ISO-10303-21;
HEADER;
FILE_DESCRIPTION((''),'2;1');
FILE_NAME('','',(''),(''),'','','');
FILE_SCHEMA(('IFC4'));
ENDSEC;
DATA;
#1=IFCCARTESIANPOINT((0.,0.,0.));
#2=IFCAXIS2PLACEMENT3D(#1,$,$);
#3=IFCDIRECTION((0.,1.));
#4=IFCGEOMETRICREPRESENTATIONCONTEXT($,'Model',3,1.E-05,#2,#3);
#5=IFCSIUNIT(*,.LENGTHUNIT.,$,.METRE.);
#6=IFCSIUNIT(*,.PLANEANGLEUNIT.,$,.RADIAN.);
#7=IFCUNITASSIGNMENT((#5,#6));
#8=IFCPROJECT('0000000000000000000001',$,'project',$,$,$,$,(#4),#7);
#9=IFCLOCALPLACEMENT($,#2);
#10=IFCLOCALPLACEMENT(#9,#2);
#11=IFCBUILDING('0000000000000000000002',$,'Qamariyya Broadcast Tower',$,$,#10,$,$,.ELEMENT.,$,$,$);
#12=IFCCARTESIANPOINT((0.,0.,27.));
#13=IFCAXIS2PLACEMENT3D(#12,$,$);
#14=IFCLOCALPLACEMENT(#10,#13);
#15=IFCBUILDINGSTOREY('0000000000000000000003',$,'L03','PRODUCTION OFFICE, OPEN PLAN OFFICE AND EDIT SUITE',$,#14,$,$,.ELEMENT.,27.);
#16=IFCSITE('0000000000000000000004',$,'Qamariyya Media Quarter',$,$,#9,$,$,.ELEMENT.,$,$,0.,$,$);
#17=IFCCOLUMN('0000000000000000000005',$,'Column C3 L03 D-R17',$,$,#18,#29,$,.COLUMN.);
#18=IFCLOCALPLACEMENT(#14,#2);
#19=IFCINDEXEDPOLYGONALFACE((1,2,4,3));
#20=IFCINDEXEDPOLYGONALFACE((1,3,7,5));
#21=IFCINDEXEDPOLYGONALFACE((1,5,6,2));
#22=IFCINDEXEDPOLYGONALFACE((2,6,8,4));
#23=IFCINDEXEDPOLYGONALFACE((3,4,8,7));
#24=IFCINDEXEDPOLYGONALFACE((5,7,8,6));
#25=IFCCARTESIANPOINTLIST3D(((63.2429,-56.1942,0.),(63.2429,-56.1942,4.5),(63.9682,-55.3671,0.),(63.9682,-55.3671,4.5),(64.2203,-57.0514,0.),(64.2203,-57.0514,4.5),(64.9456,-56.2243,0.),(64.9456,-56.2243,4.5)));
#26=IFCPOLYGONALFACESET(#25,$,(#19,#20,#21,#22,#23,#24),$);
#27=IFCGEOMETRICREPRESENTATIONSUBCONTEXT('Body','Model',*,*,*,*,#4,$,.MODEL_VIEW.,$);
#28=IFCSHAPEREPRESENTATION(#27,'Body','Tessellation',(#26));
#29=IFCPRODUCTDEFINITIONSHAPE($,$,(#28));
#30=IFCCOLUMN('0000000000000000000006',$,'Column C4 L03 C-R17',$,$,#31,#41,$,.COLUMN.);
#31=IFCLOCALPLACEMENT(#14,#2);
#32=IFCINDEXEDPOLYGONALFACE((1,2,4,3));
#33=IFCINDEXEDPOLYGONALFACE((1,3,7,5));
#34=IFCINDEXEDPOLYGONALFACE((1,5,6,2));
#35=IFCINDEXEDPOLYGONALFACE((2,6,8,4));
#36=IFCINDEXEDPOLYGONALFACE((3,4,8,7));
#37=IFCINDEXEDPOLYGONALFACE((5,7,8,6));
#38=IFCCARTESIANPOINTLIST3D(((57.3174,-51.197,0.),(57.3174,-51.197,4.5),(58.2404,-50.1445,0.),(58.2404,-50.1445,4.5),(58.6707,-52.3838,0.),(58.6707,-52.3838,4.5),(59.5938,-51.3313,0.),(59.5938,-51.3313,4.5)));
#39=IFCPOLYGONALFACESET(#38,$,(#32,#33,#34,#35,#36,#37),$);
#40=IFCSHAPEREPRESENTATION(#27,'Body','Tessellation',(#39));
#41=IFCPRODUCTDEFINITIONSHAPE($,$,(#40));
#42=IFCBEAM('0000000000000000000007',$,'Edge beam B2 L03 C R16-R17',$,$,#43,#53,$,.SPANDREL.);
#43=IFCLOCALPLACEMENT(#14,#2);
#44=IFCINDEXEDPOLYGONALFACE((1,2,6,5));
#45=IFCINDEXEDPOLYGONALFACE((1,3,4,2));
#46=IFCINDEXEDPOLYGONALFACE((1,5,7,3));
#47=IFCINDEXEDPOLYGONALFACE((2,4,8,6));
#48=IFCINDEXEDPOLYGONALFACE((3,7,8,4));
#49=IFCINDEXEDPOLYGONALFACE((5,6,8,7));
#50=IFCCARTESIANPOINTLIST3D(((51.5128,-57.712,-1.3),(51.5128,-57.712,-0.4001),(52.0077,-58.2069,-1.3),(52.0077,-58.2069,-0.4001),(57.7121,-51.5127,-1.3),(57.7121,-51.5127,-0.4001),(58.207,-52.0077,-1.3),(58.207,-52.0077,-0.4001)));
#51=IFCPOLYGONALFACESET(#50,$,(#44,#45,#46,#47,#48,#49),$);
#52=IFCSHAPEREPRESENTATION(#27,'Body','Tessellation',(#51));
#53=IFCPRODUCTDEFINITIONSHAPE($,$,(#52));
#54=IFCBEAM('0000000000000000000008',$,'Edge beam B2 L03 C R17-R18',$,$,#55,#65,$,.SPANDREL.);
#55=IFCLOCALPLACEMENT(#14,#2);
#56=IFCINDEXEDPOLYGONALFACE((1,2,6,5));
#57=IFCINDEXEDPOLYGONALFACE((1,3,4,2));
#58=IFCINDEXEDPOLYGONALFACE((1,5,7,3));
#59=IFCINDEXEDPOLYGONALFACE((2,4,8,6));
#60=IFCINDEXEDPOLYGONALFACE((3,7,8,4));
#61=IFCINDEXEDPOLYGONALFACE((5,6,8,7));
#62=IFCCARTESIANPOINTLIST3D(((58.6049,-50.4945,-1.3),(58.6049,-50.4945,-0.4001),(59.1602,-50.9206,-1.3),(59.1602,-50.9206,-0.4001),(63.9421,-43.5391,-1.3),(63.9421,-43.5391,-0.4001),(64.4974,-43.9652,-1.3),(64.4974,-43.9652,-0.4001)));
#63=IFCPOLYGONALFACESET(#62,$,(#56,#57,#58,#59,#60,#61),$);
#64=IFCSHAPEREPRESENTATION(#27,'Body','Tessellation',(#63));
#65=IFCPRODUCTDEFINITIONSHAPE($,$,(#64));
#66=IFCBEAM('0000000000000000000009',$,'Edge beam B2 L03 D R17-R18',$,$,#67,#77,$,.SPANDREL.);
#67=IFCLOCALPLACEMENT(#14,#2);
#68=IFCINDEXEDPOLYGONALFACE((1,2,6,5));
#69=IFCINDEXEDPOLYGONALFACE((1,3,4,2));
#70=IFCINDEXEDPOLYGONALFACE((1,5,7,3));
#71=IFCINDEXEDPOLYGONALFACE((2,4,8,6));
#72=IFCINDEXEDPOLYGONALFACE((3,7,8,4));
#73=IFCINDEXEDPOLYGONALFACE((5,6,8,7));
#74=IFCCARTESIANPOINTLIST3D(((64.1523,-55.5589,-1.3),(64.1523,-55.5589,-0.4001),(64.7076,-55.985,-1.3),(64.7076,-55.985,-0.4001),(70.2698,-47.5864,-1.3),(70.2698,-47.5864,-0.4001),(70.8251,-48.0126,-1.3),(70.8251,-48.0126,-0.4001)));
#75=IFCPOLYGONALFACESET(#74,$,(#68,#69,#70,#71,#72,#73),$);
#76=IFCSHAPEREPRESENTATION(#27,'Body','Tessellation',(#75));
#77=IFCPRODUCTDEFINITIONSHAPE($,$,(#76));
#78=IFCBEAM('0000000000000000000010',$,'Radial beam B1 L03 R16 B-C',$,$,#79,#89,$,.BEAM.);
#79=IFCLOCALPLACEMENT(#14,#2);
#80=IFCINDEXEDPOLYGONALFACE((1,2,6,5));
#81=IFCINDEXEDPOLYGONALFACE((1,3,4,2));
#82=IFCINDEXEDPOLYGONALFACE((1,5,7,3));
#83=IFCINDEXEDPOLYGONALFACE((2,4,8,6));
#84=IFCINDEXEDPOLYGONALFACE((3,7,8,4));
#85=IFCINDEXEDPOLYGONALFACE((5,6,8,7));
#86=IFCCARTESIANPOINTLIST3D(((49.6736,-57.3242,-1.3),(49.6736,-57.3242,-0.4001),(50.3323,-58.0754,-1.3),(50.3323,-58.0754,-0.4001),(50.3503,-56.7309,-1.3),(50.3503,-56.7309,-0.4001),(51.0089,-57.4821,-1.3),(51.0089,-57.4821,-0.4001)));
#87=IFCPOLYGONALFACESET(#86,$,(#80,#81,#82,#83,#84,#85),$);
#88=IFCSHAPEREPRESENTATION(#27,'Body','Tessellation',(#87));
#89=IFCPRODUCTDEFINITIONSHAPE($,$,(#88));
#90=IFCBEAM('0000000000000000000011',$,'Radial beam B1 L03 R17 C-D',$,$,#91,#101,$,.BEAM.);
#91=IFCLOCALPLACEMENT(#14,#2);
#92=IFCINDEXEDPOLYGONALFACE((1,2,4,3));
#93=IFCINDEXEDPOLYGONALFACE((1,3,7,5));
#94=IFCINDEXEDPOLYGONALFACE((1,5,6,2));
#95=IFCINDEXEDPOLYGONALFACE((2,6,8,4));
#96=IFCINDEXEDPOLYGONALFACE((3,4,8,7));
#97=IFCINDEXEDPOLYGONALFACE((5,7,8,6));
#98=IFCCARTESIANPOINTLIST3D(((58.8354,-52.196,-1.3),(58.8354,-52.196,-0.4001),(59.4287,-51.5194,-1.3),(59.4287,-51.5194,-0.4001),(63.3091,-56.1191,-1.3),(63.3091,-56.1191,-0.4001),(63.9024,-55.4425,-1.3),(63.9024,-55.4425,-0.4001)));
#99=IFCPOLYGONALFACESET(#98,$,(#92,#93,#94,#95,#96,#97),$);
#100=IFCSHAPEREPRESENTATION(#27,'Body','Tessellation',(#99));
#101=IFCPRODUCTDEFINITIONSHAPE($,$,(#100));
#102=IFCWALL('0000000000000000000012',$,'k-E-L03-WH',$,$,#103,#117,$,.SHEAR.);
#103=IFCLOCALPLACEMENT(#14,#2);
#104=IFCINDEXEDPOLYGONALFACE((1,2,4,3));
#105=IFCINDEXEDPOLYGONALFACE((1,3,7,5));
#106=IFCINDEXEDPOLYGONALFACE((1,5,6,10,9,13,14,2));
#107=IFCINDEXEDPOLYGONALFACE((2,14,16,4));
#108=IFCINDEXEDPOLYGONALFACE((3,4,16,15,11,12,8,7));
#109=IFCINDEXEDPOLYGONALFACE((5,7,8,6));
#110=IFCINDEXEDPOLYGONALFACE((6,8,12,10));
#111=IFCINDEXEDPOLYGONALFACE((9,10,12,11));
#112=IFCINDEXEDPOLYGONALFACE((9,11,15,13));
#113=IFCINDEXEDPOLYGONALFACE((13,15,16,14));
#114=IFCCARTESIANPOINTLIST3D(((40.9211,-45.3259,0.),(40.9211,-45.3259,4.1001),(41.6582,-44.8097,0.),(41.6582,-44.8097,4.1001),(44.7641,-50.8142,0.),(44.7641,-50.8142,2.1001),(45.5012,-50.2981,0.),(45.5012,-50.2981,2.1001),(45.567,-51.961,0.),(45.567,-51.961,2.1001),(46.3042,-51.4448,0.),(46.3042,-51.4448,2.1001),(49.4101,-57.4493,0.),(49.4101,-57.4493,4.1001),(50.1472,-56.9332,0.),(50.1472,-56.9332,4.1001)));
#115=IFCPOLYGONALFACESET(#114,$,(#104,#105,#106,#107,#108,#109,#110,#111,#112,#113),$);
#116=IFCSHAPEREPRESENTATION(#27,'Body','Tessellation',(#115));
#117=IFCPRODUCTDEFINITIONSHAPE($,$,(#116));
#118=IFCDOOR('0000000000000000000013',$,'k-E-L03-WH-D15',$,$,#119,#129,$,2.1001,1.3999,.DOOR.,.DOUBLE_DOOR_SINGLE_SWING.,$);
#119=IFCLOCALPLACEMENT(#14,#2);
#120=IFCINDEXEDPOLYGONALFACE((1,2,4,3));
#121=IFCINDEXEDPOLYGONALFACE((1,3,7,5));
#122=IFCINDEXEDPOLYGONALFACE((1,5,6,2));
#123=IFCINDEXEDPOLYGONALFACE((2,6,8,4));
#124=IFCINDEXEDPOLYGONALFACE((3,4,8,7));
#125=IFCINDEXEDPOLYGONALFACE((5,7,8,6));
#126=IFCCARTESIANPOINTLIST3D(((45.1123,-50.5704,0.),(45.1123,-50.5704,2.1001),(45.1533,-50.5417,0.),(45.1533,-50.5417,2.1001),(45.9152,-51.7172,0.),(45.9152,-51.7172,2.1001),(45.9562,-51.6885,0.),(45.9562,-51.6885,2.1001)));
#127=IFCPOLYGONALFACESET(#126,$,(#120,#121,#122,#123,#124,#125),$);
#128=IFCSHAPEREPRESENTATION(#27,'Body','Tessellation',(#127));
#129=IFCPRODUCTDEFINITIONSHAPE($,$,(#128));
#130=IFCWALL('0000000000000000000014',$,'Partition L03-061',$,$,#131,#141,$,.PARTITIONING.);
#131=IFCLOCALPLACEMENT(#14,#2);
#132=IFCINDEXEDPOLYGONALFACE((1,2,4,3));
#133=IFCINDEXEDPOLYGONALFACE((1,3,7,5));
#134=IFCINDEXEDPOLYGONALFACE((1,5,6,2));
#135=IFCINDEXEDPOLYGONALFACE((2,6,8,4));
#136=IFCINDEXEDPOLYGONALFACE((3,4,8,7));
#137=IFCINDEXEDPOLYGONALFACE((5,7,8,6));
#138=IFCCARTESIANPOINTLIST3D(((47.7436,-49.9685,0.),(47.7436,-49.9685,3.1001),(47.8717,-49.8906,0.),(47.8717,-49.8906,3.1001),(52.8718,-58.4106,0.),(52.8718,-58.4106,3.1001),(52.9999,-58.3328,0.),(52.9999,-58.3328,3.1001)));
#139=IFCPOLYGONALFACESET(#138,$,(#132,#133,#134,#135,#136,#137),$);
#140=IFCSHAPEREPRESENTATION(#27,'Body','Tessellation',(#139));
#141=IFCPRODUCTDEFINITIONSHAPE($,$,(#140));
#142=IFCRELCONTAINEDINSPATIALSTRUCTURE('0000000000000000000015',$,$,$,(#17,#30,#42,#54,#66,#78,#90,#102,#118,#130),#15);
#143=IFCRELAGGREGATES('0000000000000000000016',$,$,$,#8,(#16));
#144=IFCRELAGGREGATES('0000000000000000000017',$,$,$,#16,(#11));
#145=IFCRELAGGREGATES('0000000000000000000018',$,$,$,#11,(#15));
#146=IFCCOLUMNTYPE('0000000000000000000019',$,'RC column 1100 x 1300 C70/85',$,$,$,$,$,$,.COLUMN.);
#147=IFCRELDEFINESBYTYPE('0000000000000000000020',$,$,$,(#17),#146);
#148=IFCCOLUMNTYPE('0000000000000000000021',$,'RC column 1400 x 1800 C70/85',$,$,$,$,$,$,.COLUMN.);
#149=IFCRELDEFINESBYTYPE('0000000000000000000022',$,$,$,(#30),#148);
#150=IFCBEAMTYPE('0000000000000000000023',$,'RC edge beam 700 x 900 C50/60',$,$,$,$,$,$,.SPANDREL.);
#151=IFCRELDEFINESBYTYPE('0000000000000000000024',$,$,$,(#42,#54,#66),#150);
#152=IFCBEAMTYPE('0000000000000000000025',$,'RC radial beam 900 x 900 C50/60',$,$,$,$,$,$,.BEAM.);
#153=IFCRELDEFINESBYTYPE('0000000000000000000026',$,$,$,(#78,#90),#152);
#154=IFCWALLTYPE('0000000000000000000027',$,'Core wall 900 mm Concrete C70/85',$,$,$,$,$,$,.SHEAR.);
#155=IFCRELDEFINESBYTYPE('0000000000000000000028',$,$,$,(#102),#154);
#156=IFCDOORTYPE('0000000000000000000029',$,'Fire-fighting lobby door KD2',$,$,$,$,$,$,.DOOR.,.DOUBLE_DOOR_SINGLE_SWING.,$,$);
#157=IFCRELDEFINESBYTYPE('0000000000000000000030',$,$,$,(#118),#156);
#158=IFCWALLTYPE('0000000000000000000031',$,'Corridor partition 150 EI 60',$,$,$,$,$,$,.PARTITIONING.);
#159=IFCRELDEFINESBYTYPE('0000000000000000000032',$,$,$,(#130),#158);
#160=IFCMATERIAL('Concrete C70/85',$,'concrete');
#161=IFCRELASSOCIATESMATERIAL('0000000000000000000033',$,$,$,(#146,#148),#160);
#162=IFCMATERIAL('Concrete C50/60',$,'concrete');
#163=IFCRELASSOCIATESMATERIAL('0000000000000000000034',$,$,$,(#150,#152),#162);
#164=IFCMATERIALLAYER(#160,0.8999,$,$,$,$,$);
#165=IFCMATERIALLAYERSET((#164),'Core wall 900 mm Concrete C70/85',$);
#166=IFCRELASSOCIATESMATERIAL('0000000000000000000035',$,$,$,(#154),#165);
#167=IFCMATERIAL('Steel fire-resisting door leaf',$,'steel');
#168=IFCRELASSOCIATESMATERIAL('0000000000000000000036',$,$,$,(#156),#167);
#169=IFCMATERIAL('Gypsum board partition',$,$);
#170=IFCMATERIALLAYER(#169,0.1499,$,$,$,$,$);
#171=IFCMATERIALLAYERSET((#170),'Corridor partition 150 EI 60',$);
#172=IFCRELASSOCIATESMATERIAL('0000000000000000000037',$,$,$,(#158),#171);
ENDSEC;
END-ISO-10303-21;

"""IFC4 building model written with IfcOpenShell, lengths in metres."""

from ifc_helpers import new_model, si_unit, direction, frame, frame_2d, origin, origin_2d, place, context, subcontext, project, spatial, rectangle, extrude, material, layer, layer_set, material_profile, profile_set, type_object, element, fill, save


model = new_model("IFC4")

# Units and contexts
model_context = context("Model", 3, precision=1e-05, world=origin(), true_north=direction((0.0, 1.0)))
body_context = subcontext(model_context, "Body", "Model", "MODEL_VIEW")
ifc_project = project(units=[si_unit("LENGTHUNIT", "METRE"), si_unit("PLANEANGLEUNIT", "RADIAN")], contexts=[model_context])

# Site, building, storey
site_placement = place(None, origin())
site = spatial("IfcSite", under=ifc_project, at=site_placement, Name="Qamariyya Media Quarter", CompositionType="ELEMENT", RefElevation=0.0)
building_placement = place(site_placement, origin())
building = spatial("IfcBuilding", under=site, at=building_placement, Name="Qamariyya Broadcast Tower", CompositionType="ELEMENT")
storey_placement = place(building_placement, frame((0.0, 0.0, 27.0)))
storey = spatial("IfcBuildingStorey", under=building, at=storey_placement, Name="L03", Description="PRODUCTION OFFICE, OPEN PLAN OFFICE AND EDIT SUITE", CompositionType="ELEMENT", Elevation=27.0)

# Columns
ifc_material_1 = material(Name="Concrete C70/85", Category="concrete")
ifc_material_profile_1 = material_profile(ifc_material_1, rectangle(XDim=1.1001, YDim=1.3, at=origin_2d()))
ifc_profile_set_1 = profile_set([ifc_material_profile_1], Name="Concrete C70/85")
column_type_1 = type_object("IfcColumnType", Name="RC column 1100 x 1300 C70/85", PredefinedType="COLUMN", material=ifc_profile_set_1)
column_1_placement = place(storey_placement, frame((64.0942, -56.2092, 0.0), z_axis=(0.0, 0.0, 1.0), x_axis=(0.659346, 0.75184, 0.0)))
element("IfcColumn", 1, at=column_1_placement, inside=storey, type_object=column_type_1, Name="Column C3 L03 D-R17", PredefinedType="COLUMN", context=body_context, shape_type="SweptSolid", body=[
    extrude(rectangle(XDim=1.1001, YDim=1.3, at=origin_2d()), origin(), (0.0, 0.0, 1.0), 4.5),
])
ifc_material_profile_2 = material_profile(ifc_material_1, rectangle(XDim=1.3999, YDim=1.8, at=origin_2d()))
ifc_profile_set_2 = profile_set([ifc_material_profile_2], Name="Concrete C70/85")
column_type_2 = type_object("IfcColumnType", Name="RC column 1400 x 1800 C70/85", PredefinedType="COLUMN", material=ifc_profile_set_2)
column_2_placement = place(storey_placement, frame((58.4556, -51.2642, 0.0), z_axis=(0.0, 0.0, 1.0), x_axis=(0.659346, 0.75184, 0.0)))
element("IfcColumn", 2, at=column_2_placement, inside=storey, type_object=column_type_2, Name="Column C4 L03 C-R17", PredefinedType="COLUMN", context=body_context, shape_type="SweptSolid", body=[
    extrude(rectangle(XDim=1.3999, YDim=1.8, at=origin_2d()), origin(), (0.0, 0.0, 1.0), 4.5),
])

# Beams
ifc_material_2 = material(Name="Concrete C50/60", Category="concrete")
ifc_material_profile_3 = material_profile(ifc_material_2, rectangle(XDim=0.7, YDim=0.8999, at=origin_2d()))
ifc_profile_set_3 = profile_set([ifc_material_profile_3], Name="Concrete C50/60")
beam_type_1 = type_object("IfcBeamType", Name="RC edge beam 700 x 900 C50/60", PredefinedType="SPANDREL", material=ifc_profile_set_3)
for number, where, z_axis, x_axis, name in (
    (3, (51.7603, -57.9595, -0.8501), (0.707107, 0.707107, 0.0), (-0.707107, 0.707107, 0.0), "Edge beam B2 L03 C R16-R17"),
    (4, (58.8826, -50.7075, -0.8501), (0.608772, 0.793345, 0.0), (-0.793345, 0.608772, 0.0), "Edge beam B2 L03 C R17-R18"),
):
    element("IfcBeam", number, at=place(storey_placement, frame(where, z_axis=z_axis, x_axis=x_axis)), inside=storey, type_object=beam_type_1, Name=name, PredefinedType="SPANDREL", context=body_context, shape_type="SweptSolid", body=[
        extrude(rectangle(XDim=0.7, YDim=0.8999, at=origin_2d()), origin(), (0.0, 0.0, 1.0), 8.7671),
    ])
beam_1_placement = place(storey_placement, frame((64.4299, -55.772, -0.8501), z_axis=(0.60876, 0.793354, 0.0), x_axis=(-0.793354, 0.60876, 0.0)))
element("IfcBeam", 5, at=beam_1_placement, inside=storey, type_object=beam_type_1, Name="Edge beam B2 L03 D R17-R18", PredefinedType="SPANDREL", context=body_context, shape_type="SweptSolid", body=[
    extrude(rectangle(XDim=0.7, YDim=0.8999, at=origin_2d()), origin(), (0.0, 0.0, 1.0), 10.0491),
])
ifc_material_profile_4 = material_profile(ifc_material_2, rectangle(XDim=0.8999, YDim=0.8999, at=origin_2d()))
ifc_profile_set_4 = profile_set([ifc_material_profile_4], Name="Concrete C50/60")
beam_type_2 = type_object("IfcBeamType", Name="RC radial beam 900 x 900 C50/60", PredefinedType="BEAM", material=ifc_profile_set_4)
beam_2_placement = place(storey_placement, frame((50.012, -57.0276, -0.8501), z_axis=(0.659283, -0.751895, 0.0), x_axis=(0.751895, 0.659283, 0.0)))
element("IfcBeam", 6, at=beam_2_placement, inside=storey, type_object=beam_type_2, Name="Radial beam B1 L03 R16 B-C", PredefinedType="BEAM", context=body_context, shape_type="SweptSolid", body=[
    extrude(rectangle(XDim=0.8999, YDim=0.8999, at=origin_2d()), origin(), (0.0, 0.0, 1.0), 0.999),
])
beam_3_placement = place(storey_placement, frame((59.1321, -51.8577, -0.8501), z_axis=(0.751854, -0.659329, 0.0), x_axis=(0.659329, 0.751854, 0.0)))
element("IfcBeam", 7, at=beam_3_placement, inside=storey, type_object=beam_type_2, Name="Radial beam B1 L03 R17 C-D", PredefinedType="BEAM", context=body_context, shape_type="SweptSolid", body=[
    extrude(rectangle(XDim=0.8999, YDim=0.8999, at=origin_2d()), origin(), (0.0, 0.0, 1.0), 5.9502),
])

# Wall, opening, door
ifc_layer_1 = layer(ifc_material_1, 0.8999)
ifc_layer_set_1 = layer_set([ifc_layer_1], Name="Core wall 900 mm Concrete C70/85")
wall_type_1 = type_object("IfcWallType", Name="Core wall 900 mm Concrete C70/85", PredefinedType="SHEAR", material=ifc_layer_set_1)
wall_1_placement = place(storey_placement, frame((49.7786, -57.1912, 0.0), z_axis=(0.0, 0.0, 1.0), x_axis=(-0.573577, 0.819151, 0.0)))
wall_1 = element("IfcWall", 8, at=wall_1_placement, inside=storey, type_object=wall_type_1, Name="k-E-L03-WH", PredefinedType="SHEAR", context=body_context, shape_type="SweptSolid", body=[
    extrude(rectangle(XDim=14.8, YDim=0.8999, at=frame_2d((7.3999, 0.0))), origin(), (0.0, 0.0, 1.0), 4.1001),
])
opening_1_placement = place(wall_1_placement, frame((6.7, 0.0, 0.0)))
opening_1 = element("IfcOpeningElement", 9, at=opening_1_placement, cuts=wall_1, PredefinedType="OPENING", context=body_context, shape_type="SweptSolid", body=[
    extrude(rectangle(XDim=1.3999, YDim=2.1001, at=frame_2d((0.7, 1.05))), frame((0.0, 0.46, 0.0), z_axis=(0.0, -1.0, 0.0), x_axis=(1.0, 0.0, 0.0)), (0.0, 0.0, 1.0), 0.9199),
])
ifc_material_3 = material(Name="Steel fire-resisting door leaf", Category="steel")
door_type = type_object("IfcDoorType", Name="Fire-fighting lobby door KD2", OperationType="DOUBLE_DOOR_SINGLE_SWING", PredefinedType="DOOR", material=ifc_material_3)
door_placement = place(opening_1_placement, origin())
door = element("IfcDoor", 10, at=door_placement, inside=storey, type_object=door_type, Name="k-E-L03-WH-D15", OperationType="DOUBLE_DOOR_SINGLE_SWING", OverallHeight=2.1001, OverallWidth=1.3999, PredefinedType="DOOR", context=body_context, shape_type="SweptSolid", body=[
    extrude(rectangle(XDim=1.3999, YDim=2.1001, at=frame_2d((0.7, 1.05))), frame((0.0, 0.0249, 0.0), z_axis=(0.0, -1.0, 0.0), x_axis=(1.0, 0.0, 0.0)), (0.0, 0.0, 1.0), 0.05),
])
fill(opening_1, door)

# Wall
ifc_material_4 = material(Name="Gypsum board partition")
ifc_layer_2 = layer(ifc_material_4, 0.1499)
ifc_layer_set_2 = layer_set([ifc_layer_2], Name="Corridor partition 150 EI 60")
wall_type_2 = type_object("IfcWallType", Name="Corridor partition 150 EI 60", PredefinedType="PARTITIONING", material=ifc_layer_set_2)
wall_2_placement = place(storey_placement, frame((47.8076, -49.9294, 0.0), z_axis=(0.0, 0.0, 1.0), x_axis=(0.51917, -0.854671, 0.0)))
element("IfcWall", 11, at=wall_2_placement, inside=storey, type_object=wall_type_2, Name="Partition L03-061", PredefinedType="PARTITIONING", context=body_context, shape_type="SweptSolid", body=[
    extrude(rectangle(XDim=9.8777, YDim=0.1499, at=frame_2d((4.939, 0.0))), origin(), (0.0, 0.0, 1.0), 3.1001),
])

save(model, "model.ifc")
